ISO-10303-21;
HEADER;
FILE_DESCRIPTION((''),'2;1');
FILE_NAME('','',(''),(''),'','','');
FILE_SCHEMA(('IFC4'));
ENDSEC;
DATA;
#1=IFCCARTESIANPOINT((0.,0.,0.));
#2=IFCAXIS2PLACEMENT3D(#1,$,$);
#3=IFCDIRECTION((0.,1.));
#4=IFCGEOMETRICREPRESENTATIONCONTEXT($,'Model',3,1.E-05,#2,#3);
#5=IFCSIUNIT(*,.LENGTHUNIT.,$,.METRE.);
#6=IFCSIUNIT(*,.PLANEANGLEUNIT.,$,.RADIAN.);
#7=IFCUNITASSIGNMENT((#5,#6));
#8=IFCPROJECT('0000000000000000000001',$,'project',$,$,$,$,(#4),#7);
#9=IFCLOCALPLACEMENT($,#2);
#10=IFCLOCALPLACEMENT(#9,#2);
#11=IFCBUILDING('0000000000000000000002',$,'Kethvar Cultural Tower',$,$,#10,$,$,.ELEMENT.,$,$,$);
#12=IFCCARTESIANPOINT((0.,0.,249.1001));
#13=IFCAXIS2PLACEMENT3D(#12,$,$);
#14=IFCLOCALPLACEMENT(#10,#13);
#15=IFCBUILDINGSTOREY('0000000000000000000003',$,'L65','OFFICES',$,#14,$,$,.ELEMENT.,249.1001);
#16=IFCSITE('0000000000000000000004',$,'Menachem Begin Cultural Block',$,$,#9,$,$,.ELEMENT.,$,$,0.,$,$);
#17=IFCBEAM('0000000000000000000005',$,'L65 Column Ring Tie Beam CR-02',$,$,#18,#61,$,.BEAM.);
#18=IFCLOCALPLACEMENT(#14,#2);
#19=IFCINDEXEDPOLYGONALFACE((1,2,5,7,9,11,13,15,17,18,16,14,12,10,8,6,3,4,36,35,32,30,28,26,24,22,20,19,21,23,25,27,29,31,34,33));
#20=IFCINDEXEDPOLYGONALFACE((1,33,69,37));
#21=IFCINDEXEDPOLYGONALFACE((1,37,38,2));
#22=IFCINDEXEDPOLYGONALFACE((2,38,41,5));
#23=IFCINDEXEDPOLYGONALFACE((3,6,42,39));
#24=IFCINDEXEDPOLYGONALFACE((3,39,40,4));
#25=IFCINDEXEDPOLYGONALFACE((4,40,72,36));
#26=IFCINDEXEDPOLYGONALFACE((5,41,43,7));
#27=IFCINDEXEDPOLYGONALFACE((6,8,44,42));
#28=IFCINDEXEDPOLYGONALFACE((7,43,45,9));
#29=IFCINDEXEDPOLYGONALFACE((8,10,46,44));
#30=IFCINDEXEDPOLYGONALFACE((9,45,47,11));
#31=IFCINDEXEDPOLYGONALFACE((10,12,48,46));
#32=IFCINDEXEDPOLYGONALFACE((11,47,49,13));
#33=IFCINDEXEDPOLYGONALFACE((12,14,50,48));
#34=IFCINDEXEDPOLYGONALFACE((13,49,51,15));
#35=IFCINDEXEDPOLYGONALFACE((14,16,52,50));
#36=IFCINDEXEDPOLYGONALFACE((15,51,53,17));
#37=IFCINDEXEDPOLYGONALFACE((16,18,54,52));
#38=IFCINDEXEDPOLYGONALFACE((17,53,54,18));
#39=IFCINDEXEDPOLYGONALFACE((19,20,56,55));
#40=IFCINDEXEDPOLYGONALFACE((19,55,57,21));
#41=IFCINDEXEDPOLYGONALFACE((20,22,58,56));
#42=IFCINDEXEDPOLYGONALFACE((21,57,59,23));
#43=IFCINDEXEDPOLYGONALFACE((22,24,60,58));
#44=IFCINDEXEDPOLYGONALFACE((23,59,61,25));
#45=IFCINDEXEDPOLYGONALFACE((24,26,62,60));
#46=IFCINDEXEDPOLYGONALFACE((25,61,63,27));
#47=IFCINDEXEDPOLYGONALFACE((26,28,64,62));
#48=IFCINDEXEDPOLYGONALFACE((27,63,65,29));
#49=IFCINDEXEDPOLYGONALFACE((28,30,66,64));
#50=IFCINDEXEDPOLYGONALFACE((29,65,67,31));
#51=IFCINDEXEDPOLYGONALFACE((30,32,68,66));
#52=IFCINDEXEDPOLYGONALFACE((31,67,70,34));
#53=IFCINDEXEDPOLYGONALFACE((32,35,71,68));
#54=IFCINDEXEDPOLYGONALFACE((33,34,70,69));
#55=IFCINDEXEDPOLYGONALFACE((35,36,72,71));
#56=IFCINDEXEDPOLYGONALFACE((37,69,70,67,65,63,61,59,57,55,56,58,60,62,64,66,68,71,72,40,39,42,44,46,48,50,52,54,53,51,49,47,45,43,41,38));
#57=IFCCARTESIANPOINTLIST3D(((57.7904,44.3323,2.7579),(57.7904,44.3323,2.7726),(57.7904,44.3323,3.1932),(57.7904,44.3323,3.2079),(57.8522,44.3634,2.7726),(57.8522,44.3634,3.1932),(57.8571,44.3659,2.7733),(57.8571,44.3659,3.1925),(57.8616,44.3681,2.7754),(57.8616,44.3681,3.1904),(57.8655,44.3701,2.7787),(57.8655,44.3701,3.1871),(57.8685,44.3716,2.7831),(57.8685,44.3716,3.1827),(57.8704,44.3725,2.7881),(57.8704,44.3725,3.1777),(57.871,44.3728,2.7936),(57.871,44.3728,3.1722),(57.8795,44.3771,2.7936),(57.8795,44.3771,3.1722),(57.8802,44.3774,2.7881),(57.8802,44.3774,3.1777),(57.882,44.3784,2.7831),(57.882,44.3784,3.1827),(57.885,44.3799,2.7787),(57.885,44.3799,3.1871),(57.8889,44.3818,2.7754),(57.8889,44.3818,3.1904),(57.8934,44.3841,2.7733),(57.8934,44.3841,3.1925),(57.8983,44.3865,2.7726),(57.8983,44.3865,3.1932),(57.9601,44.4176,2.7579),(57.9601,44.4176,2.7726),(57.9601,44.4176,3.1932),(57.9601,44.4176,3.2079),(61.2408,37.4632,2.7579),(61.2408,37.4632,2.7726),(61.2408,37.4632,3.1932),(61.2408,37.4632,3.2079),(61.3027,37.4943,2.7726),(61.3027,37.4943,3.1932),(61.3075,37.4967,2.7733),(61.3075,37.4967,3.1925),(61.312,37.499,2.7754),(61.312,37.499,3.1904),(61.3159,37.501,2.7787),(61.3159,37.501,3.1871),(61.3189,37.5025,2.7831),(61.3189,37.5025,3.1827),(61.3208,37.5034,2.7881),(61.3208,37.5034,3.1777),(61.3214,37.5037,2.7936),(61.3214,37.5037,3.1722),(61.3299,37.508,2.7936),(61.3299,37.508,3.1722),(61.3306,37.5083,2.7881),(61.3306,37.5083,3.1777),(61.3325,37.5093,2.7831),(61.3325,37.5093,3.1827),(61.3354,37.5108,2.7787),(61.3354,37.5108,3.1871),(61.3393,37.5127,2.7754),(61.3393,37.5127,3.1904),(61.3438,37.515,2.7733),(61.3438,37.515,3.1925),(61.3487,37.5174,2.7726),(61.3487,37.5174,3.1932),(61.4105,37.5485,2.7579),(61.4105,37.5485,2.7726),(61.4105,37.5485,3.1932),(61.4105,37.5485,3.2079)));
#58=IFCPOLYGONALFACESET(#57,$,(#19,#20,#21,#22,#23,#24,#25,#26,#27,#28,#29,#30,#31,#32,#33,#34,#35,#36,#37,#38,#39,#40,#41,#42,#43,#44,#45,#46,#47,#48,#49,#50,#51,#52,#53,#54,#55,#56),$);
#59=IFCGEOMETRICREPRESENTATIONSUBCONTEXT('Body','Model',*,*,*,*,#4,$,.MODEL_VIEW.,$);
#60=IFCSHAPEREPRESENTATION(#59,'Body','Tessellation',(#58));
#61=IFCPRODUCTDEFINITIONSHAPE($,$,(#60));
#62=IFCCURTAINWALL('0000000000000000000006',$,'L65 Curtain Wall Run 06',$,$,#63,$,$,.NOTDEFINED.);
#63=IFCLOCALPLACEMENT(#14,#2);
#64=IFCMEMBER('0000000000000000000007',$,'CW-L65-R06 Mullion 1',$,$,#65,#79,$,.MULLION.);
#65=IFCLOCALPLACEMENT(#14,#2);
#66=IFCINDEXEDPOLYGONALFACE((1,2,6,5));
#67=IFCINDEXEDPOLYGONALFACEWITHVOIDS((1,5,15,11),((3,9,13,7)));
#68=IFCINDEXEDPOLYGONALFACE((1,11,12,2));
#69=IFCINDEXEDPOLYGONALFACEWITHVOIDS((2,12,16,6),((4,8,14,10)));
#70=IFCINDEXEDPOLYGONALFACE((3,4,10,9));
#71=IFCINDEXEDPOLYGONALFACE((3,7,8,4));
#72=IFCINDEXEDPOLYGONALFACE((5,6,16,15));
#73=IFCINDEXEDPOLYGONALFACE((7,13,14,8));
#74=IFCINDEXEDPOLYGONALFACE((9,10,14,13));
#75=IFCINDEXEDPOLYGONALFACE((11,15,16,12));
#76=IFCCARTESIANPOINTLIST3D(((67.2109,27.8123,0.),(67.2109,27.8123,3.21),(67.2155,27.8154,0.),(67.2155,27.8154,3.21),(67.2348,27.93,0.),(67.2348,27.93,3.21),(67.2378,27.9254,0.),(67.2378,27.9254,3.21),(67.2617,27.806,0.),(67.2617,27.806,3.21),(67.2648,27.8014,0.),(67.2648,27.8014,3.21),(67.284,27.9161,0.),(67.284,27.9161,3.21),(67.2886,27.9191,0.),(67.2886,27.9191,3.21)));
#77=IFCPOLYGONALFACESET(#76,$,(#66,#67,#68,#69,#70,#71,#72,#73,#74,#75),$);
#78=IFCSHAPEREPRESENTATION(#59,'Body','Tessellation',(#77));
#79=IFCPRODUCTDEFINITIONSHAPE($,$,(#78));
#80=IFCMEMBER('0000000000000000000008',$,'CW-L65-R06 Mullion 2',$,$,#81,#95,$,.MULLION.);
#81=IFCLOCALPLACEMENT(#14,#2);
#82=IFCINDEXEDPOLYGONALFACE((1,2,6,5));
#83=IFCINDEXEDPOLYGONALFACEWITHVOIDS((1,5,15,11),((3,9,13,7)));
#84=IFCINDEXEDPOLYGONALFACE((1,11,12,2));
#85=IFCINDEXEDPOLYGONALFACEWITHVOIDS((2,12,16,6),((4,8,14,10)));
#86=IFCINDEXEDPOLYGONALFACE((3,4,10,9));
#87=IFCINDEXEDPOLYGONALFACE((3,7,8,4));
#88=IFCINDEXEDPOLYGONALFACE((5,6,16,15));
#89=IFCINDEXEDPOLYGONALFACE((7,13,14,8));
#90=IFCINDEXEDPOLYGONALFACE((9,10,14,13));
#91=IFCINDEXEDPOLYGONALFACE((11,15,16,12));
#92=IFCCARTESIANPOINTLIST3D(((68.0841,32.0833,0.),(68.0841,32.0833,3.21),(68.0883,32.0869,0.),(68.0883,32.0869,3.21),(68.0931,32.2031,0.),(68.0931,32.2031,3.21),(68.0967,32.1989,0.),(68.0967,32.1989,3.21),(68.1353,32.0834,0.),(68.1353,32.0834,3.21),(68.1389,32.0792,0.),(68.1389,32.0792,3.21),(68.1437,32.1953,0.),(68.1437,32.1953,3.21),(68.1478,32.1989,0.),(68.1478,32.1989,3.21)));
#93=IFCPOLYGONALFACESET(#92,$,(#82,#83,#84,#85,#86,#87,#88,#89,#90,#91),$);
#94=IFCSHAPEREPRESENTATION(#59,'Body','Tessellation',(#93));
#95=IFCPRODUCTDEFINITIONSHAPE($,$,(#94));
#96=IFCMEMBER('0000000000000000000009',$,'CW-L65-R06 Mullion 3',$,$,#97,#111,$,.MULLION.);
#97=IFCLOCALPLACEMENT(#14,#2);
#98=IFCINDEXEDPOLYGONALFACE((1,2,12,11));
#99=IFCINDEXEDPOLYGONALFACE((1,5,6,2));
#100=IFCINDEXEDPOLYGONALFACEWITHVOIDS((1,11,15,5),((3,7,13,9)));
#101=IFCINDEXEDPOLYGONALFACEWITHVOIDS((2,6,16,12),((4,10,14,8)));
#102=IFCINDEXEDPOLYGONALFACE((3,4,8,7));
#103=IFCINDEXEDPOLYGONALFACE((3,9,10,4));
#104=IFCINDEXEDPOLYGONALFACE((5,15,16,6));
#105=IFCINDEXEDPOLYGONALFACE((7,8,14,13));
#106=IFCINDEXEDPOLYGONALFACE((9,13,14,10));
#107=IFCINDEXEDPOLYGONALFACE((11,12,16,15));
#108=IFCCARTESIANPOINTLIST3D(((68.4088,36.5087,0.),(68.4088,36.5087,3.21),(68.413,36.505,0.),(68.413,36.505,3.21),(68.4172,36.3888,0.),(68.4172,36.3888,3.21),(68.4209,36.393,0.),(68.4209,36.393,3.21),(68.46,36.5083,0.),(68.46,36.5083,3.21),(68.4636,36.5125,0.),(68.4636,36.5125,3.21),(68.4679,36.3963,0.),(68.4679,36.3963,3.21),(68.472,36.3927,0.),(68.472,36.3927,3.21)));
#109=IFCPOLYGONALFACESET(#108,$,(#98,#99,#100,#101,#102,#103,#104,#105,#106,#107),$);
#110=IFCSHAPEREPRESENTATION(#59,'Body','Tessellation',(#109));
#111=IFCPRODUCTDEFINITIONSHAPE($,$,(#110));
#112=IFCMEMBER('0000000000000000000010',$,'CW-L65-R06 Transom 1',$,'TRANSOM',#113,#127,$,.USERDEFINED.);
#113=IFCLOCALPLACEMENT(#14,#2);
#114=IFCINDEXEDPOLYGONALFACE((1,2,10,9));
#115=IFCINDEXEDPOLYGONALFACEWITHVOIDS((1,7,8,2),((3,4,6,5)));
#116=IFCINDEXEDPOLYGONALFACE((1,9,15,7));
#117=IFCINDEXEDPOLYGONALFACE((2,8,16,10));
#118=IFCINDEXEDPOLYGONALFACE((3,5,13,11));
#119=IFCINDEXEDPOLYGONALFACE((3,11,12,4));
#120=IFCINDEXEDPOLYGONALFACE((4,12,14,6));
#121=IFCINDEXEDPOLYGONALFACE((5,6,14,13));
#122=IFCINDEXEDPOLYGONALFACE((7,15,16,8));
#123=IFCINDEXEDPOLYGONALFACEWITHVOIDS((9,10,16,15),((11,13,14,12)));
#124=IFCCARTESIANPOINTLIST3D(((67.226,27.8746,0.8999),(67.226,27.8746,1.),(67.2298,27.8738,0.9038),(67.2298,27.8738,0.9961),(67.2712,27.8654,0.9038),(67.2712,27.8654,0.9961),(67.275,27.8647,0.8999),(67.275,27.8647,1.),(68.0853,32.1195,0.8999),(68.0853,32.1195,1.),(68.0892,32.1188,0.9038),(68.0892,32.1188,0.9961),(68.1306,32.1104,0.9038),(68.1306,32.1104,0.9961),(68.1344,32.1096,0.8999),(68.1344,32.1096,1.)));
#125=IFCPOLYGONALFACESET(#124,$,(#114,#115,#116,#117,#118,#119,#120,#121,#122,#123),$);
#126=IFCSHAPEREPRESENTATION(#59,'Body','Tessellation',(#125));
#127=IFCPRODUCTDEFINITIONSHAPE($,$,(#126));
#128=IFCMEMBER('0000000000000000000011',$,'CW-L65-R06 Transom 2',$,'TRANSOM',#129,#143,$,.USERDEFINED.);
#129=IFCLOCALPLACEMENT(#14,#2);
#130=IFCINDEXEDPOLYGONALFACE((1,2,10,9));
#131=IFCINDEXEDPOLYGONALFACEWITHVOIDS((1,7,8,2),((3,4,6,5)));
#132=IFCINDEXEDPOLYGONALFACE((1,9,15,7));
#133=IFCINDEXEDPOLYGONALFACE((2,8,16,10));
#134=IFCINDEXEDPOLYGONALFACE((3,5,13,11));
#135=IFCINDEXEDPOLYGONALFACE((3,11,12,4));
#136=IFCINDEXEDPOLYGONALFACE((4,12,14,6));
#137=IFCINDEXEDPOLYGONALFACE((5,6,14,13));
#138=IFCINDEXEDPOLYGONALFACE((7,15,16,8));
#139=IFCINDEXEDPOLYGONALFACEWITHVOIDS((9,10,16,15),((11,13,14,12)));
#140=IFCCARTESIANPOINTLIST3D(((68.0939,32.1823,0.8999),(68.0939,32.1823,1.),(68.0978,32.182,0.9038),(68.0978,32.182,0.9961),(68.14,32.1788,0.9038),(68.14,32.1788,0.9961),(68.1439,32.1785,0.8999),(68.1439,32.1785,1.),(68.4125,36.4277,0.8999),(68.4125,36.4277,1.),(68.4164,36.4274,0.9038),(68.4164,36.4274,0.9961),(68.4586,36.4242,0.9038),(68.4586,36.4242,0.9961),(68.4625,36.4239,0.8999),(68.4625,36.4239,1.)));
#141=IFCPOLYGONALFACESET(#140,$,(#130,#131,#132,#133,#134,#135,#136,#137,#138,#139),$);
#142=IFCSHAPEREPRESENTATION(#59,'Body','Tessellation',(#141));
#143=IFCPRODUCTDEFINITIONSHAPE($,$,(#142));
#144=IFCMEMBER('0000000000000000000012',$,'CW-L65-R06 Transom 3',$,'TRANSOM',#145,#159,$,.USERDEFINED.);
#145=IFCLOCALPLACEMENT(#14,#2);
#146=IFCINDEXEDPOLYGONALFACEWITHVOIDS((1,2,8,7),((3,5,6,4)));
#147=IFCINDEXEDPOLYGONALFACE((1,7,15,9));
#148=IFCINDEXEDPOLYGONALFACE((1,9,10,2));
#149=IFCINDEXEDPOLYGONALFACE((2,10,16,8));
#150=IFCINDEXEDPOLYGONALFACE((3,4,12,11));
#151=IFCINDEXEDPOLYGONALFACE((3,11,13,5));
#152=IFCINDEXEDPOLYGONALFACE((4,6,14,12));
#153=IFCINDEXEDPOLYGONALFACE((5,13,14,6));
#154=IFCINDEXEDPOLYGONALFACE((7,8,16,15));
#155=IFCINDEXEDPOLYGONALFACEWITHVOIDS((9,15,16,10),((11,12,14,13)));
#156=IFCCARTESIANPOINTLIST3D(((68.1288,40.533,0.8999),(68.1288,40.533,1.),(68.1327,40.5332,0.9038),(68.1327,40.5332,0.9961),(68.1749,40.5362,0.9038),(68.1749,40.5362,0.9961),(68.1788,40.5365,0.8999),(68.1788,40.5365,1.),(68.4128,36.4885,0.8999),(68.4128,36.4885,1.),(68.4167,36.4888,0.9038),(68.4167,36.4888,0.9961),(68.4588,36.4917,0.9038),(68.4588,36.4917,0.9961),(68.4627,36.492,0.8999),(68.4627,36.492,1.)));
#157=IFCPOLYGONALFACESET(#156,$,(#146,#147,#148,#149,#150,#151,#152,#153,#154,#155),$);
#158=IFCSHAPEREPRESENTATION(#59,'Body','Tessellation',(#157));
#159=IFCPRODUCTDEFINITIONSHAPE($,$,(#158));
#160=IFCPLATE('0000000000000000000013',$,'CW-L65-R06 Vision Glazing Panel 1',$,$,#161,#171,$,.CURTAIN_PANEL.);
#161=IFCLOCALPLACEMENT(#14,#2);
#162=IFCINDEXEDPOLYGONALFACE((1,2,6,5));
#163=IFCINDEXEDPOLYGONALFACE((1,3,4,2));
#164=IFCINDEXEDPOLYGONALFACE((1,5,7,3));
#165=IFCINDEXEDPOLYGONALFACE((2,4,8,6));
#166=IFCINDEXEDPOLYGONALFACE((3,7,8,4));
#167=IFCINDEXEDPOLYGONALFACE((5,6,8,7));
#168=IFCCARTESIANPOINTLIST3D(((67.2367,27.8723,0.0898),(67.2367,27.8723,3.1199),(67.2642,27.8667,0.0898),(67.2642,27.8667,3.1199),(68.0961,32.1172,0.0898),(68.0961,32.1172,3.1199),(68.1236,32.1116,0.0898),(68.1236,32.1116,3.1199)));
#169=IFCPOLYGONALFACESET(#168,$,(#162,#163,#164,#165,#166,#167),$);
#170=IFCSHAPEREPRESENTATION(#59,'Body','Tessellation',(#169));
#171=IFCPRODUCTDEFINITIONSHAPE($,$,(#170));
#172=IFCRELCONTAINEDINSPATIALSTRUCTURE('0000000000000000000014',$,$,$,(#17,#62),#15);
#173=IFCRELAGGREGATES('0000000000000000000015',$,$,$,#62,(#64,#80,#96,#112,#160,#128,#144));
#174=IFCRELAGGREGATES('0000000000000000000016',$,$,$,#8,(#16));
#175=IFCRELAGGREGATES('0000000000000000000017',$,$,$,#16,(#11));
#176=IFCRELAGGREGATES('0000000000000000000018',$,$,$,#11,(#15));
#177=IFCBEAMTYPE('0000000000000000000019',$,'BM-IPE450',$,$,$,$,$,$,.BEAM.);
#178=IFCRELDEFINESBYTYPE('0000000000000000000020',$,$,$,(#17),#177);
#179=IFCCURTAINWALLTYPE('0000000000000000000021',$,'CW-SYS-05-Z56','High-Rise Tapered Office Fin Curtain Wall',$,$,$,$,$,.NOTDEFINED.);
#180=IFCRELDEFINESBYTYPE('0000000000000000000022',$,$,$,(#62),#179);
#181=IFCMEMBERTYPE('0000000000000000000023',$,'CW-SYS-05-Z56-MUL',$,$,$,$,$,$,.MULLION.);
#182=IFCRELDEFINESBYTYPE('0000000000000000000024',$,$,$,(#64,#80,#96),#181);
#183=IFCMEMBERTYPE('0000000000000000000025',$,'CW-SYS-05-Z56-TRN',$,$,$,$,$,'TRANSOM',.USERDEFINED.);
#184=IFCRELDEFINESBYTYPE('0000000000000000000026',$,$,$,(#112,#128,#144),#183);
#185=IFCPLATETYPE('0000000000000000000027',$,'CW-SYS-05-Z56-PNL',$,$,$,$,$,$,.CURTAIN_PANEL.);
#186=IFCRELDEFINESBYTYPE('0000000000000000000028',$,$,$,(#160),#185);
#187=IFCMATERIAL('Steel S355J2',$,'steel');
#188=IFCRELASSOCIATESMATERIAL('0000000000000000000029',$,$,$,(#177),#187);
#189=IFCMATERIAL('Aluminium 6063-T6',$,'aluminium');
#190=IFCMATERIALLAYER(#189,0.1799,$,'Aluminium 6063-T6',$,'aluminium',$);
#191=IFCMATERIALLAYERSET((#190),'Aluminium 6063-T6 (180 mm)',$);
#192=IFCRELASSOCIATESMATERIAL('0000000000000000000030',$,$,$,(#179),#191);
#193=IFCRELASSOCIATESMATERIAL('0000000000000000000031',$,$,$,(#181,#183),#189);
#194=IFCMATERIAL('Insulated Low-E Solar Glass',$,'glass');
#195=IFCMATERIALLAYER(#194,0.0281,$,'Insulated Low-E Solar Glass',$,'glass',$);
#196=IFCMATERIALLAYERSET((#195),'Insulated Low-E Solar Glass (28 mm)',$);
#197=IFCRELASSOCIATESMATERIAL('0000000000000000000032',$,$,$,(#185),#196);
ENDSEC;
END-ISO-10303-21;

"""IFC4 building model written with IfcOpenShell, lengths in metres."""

from ifc_helpers import new_model, si_unit, direction, frame, origin, origin_2d, place, context, subcontext, project, spatial, rectangle, hollow_rectangle, i_section, extrude, source, transform, mapped, material, layer, layer_set, material_profile, profile_set, type_object, element, aggregate, save


model = new_model("IFC4")

# Units and contexts
model_context = context("Model", 3, precision=1e-05, world=origin(), true_north=direction((0.0, 1.0)))
body_context = subcontext(model_context, "Body", "Model", "MODEL_VIEW")
ifc_project = project(units=[si_unit("LENGTHUNIT", "METRE"), si_unit("PLANEANGLEUNIT", "RADIAN")], contexts=[model_context])

# Site, building, storey
site_placement = place(None, origin())
site = spatial("IfcSite", under=ifc_project, at=site_placement, Name="Menachem Begin Cultural Block", CompositionType="ELEMENT", RefElevation=0.0)
building_placement = place(site_placement, origin())
building = spatial("IfcBuilding", under=site, at=building_placement, Name="Kethvar Cultural Tower", CompositionType="ELEMENT")
storey_placement = place(building_placement, frame((0.0, 0.0, 249.1001)))
storey = spatial("IfcBuildingStorey", under=building, at=storey_placement, Name="L65", Description="OFFICES", CompositionType="ELEMENT", Elevation=249.1001)

# Beam
ifc_material_1 = material(Name="Steel S355J2", Category="steel")
ifc_material_profile_1 = material_profile(ifc_material_1, i_section(OverallWidth=0.1899, OverallDepth=0.45, WebThickness=0.0095, FlangeThickness=0.0146, FilletRadius=0.021, at=origin_2d()), Name="Steel S355J2 — IPE450")
ifc_profile_set_1 = profile_set([ifc_material_profile_1], Name="Steel S355J2 — IPE450")
beam_type_1 = type_object("IfcBeamType", Name="BM-IPE450", PredefinedType="BEAM", material=ifc_profile_set_1)
shared_shape_1 = source(origin(), body_context, "Body", "SweptSolid", [
    extrude(i_section(OverallWidth=0.1899, OverallDepth=0.45, WebThickness=0.0095, FlangeThickness=0.0146, FilletRadius=0.021, at=origin_2d()), origin(), (0.0, 0.0, 1.0), 7.687),
])
beam_1_placement = place(storey_placement, frame((61.3257, 37.5059, 2.9829), z_axis=(-0.448864, 0.8936, 0.0), x_axis=(-0.8936, -0.448864, 0.0)))
element("IfcBeam", 1, at=beam_1_placement, inside=storey, type_object=beam_type_1, Name="L65 Column Ring Tie Beam CR-02", PredefinedType="BEAM", context=body_context, shape_type="MappedRepresentation", body=[
    mapped(shared_shape_1, transform((0.0, 0.0, 0.0), scale=1.0)),
])

# Curtain wall, members, plate
ifc_material_2 = material(Name="Aluminium 6063-T6", Category="aluminium")
ifc_layer_1 = layer(ifc_material_2, 0.1799, Name="Aluminium 6063-T6", Category="aluminium")
ifc_layer_set_1 = layer_set([ifc_layer_1], Name="Aluminium 6063-T6 (180 mm)")
curtain_wall_type = type_object("IfcCurtainWallType", Name="CW-SYS-05-Z56", Description="High-Rise Tapered Office Fin Curtain Wall", PredefinedType="NOTDEFINED", material=ifc_layer_set_1)
curtain_wall_placement = place(storey_placement, origin())
curtain_wall = element("IfcCurtainWall", 2, at=curtain_wall_placement, inside=storey, type_object=curtain_wall_type, Name="L65 Curtain Wall Run 06", PredefinedType="NOTDEFINED")
ifc_material_profile_2 = material_profile(ifc_material_2, hollow_rectangle(XDim=0.0549, YDim=0.1201, WallThickness=0.0039, at=origin_2d()), Name="Aluminium 6063-T6 — RHS120x55x4")
ifc_profile_set_2 = profile_set([ifc_material_profile_2], Name="Aluminium 6063-T6 — RHS120x55x4")
member_type_1 = type_object("IfcMemberType", Name="CW-SYS-05-Z56-MUL", PredefinedType="MULLION", material=ifc_profile_set_2)
shared_shape_2 = source(origin(), body_context, "Body", "SweptSolid", [
    extrude(hollow_rectangle(XDim=0.0549, YDim=0.1201, WallThickness=0.0039, at=origin_2d()), origin(), (0.0, 0.0, 1.0), 3.21),
])
member_1_placement = place(storey_placement, frame((67.2498, 27.8657, 0.0), z_axis=(0.0, 0.0, 1.0), x_axis=(-0.980116, 0.198427, 0.0)))
member_1 = element("IfcMember", 3, at=member_1_placement, type_object=member_type_1, Name="CW-L65-R06 Mullion 1", PredefinedType="MULLION", context=body_context, shape_type="MappedRepresentation", body=[
    mapped(shared_shape_2, transform((0.0, 0.0, 0.0), scale=1.0)),
])
member_2_placement = place(storey_placement, frame((68.116, 32.1411, 0.0), z_axis=(0.0, 0.0, 1.0), x_axis=(-0.997197, 0.074822, 0.0)))
member_2 = element("IfcMember", 4, at=member_2_placement, type_object=member_type_1, Name="CW-L65-R06 Mullion 2", PredefinedType="MULLION", context=body_context, shape_type="MappedRepresentation", body=[
    mapped(shared_shape_2, transform((0.0, 0.0, 0.0), scale=1.0)),
])
member_3_placement = place(storey_placement, frame((68.4404, 36.4507, 0.0), z_axis=(0.0, 0.0, 1.0), x_axis=(-0.997545, -0.070035, 0.0)))
member_3 = element("IfcMember", 5, at=member_3_placement, type_object=member_type_1, Name="CW-L65-R06 Mullion 3", PredefinedType="MULLION", context=body_context, shape_type="MappedRepresentation", body=[
    mapped(shared_shape_2, transform((0.0, 0.0, 0.0), scale=1.0)),
])
ifc_material_profile_3 = material_profile(ifc_material_2, hollow_rectangle(XDim=0.05, YDim=0.1001, WallThickness=0.0039, at=origin_2d()), Name="Aluminium 6063-T6 — RHS100x50x4")
ifc_profile_set_3 = profile_set([ifc_material_profile_3], Name="Aluminium 6063-T6 — RHS100x50x4")
member_type_2 = type_object("IfcMemberType", Name="CW-SYS-05-Z56-TRN", ElementType="TRANSOM", PredefinedType="USERDEFINED", material=ifc_profile_set_3)
shared_shape_3 = source(origin(), body_context, "Body", "SweptSolid", [
    extrude(hollow_rectangle(XDim=0.05, YDim=0.1001, WallThickness=0.0039, at=origin_2d()), origin(), (0.0, 0.0, 1.0), 4.3311),
])
member_4_placement = place(storey_placement, frame((67.2505, 27.8696, 0.95), z_axis=(0.198425, 0.980116, 0.0), x_axis=(-0.980116, 0.198425, 0.0)))
member_4 = element("IfcMember", 6, at=member_4_placement, type_object=member_type_2, Name="CW-L65-R06 Transom 1", ObjectType="TRANSOM", PredefinedType="USERDEFINED", context=body_context, shape_type="MappedRepresentation", body=[
    mapped(shared_shape_3, transform((0.0, 0.0, 0.0), scale=1.0)),
])
shared_shape_4 = source(origin(), body_context, "Body", "SweptSolid", [
    extrude(hollow_rectangle(XDim=0.05, YDim=0.1001, WallThickness=0.0039, at=origin_2d()), origin(), (0.0, 0.0, 1.0), 4.2573),
])
member_5_placement = place(storey_placement, frame((68.1189, 32.1804, 0.95), z_axis=(0.074837, 0.997196, 0.0), x_axis=(-0.997196, 0.074837, 0.0)))
member_5 = element("IfcMember", 7, at=member_5_placement, type_object=member_type_2, Name="CW-L65-R06 Transom 2", ObjectType="TRANSOM", PredefinedType="USERDEFINED", context=body_context, shape_type="MappedRepresentation", body=[
    mapped(shared_shape_4, transform((0.0, 0.0, 0.0), scale=1.0)),
])
shared_shape_5 = source(origin(), body_context, "Body", "SweptSolid", [
    extrude(hollow_rectangle(XDim=0.05, YDim=0.1001, WallThickness=0.0039, at=origin_2d()), origin(), (0.0, 0.0, 1.0), 4.0544),
])
member_6_placement = place(storey_placement, frame((68.4377, 36.4902, 0.95), z_axis=(-0.070032, 0.997545, 0.0), x_axis=(-0.997545, -0.070032, 0.0)))
member_6 = element("IfcMember", 8, at=member_6_placement, type_object=member_type_2, Name="CW-L65-R06 Transom 3", ObjectType="TRANSOM", PredefinedType="USERDEFINED", context=body_context, shape_type="MappedRepresentation", body=[
    mapped(shared_shape_5, transform((0.0, 0.0, 0.0), scale=1.0)),
])
ifc_material_3 = material(Name="Insulated Low-E Solar Glass", Category="glass")
ifc_layer_2 = layer(ifc_material_3, 0.0281, Name="Insulated Low-E Solar Glass", Category="glass")
ifc_layer_set_2 = layer_set([ifc_layer_2], Name="Insulated Low-E Solar Glass (28 mm)")
plate_type = type_object("IfcPlateType", Name="CW-SYS-05-Z56-PNL", PredefinedType="CURTAIN_PANEL", material=ifc_layer_set_2)
shared_shape_6 = source(origin(), body_context, "Body", "SweptSolid", [
    extrude(rectangle(XDim=4.3311, YDim=0.0281, at=origin_2d()), origin(), (0.0, 0.0, 1.0), 3.03),
])
plate_1_placement = place(storey_placement, frame((67.6802, 29.9919, 0.0898), z_axis=(0.0, 0.0, 1.0), x_axis=(0.198427, 0.980116, 0.0)))
plate_1 = element("IfcPlate", 9, at=plate_1_placement, type_object=plate_type, Name="CW-L65-R06 Vision Glazing Panel 1", PredefinedType="CURTAIN_PANEL", context=body_context, shape_type="MappedRepresentation", body=[
    mapped(shared_shape_6, transform((0.0, 0.0, 0.0), scale=1.0)),
])
aggregate(curtain_wall, [member_1, member_2, member_3, member_4, plate_1, member_5, member_6])

save(model, "model.ifc")
